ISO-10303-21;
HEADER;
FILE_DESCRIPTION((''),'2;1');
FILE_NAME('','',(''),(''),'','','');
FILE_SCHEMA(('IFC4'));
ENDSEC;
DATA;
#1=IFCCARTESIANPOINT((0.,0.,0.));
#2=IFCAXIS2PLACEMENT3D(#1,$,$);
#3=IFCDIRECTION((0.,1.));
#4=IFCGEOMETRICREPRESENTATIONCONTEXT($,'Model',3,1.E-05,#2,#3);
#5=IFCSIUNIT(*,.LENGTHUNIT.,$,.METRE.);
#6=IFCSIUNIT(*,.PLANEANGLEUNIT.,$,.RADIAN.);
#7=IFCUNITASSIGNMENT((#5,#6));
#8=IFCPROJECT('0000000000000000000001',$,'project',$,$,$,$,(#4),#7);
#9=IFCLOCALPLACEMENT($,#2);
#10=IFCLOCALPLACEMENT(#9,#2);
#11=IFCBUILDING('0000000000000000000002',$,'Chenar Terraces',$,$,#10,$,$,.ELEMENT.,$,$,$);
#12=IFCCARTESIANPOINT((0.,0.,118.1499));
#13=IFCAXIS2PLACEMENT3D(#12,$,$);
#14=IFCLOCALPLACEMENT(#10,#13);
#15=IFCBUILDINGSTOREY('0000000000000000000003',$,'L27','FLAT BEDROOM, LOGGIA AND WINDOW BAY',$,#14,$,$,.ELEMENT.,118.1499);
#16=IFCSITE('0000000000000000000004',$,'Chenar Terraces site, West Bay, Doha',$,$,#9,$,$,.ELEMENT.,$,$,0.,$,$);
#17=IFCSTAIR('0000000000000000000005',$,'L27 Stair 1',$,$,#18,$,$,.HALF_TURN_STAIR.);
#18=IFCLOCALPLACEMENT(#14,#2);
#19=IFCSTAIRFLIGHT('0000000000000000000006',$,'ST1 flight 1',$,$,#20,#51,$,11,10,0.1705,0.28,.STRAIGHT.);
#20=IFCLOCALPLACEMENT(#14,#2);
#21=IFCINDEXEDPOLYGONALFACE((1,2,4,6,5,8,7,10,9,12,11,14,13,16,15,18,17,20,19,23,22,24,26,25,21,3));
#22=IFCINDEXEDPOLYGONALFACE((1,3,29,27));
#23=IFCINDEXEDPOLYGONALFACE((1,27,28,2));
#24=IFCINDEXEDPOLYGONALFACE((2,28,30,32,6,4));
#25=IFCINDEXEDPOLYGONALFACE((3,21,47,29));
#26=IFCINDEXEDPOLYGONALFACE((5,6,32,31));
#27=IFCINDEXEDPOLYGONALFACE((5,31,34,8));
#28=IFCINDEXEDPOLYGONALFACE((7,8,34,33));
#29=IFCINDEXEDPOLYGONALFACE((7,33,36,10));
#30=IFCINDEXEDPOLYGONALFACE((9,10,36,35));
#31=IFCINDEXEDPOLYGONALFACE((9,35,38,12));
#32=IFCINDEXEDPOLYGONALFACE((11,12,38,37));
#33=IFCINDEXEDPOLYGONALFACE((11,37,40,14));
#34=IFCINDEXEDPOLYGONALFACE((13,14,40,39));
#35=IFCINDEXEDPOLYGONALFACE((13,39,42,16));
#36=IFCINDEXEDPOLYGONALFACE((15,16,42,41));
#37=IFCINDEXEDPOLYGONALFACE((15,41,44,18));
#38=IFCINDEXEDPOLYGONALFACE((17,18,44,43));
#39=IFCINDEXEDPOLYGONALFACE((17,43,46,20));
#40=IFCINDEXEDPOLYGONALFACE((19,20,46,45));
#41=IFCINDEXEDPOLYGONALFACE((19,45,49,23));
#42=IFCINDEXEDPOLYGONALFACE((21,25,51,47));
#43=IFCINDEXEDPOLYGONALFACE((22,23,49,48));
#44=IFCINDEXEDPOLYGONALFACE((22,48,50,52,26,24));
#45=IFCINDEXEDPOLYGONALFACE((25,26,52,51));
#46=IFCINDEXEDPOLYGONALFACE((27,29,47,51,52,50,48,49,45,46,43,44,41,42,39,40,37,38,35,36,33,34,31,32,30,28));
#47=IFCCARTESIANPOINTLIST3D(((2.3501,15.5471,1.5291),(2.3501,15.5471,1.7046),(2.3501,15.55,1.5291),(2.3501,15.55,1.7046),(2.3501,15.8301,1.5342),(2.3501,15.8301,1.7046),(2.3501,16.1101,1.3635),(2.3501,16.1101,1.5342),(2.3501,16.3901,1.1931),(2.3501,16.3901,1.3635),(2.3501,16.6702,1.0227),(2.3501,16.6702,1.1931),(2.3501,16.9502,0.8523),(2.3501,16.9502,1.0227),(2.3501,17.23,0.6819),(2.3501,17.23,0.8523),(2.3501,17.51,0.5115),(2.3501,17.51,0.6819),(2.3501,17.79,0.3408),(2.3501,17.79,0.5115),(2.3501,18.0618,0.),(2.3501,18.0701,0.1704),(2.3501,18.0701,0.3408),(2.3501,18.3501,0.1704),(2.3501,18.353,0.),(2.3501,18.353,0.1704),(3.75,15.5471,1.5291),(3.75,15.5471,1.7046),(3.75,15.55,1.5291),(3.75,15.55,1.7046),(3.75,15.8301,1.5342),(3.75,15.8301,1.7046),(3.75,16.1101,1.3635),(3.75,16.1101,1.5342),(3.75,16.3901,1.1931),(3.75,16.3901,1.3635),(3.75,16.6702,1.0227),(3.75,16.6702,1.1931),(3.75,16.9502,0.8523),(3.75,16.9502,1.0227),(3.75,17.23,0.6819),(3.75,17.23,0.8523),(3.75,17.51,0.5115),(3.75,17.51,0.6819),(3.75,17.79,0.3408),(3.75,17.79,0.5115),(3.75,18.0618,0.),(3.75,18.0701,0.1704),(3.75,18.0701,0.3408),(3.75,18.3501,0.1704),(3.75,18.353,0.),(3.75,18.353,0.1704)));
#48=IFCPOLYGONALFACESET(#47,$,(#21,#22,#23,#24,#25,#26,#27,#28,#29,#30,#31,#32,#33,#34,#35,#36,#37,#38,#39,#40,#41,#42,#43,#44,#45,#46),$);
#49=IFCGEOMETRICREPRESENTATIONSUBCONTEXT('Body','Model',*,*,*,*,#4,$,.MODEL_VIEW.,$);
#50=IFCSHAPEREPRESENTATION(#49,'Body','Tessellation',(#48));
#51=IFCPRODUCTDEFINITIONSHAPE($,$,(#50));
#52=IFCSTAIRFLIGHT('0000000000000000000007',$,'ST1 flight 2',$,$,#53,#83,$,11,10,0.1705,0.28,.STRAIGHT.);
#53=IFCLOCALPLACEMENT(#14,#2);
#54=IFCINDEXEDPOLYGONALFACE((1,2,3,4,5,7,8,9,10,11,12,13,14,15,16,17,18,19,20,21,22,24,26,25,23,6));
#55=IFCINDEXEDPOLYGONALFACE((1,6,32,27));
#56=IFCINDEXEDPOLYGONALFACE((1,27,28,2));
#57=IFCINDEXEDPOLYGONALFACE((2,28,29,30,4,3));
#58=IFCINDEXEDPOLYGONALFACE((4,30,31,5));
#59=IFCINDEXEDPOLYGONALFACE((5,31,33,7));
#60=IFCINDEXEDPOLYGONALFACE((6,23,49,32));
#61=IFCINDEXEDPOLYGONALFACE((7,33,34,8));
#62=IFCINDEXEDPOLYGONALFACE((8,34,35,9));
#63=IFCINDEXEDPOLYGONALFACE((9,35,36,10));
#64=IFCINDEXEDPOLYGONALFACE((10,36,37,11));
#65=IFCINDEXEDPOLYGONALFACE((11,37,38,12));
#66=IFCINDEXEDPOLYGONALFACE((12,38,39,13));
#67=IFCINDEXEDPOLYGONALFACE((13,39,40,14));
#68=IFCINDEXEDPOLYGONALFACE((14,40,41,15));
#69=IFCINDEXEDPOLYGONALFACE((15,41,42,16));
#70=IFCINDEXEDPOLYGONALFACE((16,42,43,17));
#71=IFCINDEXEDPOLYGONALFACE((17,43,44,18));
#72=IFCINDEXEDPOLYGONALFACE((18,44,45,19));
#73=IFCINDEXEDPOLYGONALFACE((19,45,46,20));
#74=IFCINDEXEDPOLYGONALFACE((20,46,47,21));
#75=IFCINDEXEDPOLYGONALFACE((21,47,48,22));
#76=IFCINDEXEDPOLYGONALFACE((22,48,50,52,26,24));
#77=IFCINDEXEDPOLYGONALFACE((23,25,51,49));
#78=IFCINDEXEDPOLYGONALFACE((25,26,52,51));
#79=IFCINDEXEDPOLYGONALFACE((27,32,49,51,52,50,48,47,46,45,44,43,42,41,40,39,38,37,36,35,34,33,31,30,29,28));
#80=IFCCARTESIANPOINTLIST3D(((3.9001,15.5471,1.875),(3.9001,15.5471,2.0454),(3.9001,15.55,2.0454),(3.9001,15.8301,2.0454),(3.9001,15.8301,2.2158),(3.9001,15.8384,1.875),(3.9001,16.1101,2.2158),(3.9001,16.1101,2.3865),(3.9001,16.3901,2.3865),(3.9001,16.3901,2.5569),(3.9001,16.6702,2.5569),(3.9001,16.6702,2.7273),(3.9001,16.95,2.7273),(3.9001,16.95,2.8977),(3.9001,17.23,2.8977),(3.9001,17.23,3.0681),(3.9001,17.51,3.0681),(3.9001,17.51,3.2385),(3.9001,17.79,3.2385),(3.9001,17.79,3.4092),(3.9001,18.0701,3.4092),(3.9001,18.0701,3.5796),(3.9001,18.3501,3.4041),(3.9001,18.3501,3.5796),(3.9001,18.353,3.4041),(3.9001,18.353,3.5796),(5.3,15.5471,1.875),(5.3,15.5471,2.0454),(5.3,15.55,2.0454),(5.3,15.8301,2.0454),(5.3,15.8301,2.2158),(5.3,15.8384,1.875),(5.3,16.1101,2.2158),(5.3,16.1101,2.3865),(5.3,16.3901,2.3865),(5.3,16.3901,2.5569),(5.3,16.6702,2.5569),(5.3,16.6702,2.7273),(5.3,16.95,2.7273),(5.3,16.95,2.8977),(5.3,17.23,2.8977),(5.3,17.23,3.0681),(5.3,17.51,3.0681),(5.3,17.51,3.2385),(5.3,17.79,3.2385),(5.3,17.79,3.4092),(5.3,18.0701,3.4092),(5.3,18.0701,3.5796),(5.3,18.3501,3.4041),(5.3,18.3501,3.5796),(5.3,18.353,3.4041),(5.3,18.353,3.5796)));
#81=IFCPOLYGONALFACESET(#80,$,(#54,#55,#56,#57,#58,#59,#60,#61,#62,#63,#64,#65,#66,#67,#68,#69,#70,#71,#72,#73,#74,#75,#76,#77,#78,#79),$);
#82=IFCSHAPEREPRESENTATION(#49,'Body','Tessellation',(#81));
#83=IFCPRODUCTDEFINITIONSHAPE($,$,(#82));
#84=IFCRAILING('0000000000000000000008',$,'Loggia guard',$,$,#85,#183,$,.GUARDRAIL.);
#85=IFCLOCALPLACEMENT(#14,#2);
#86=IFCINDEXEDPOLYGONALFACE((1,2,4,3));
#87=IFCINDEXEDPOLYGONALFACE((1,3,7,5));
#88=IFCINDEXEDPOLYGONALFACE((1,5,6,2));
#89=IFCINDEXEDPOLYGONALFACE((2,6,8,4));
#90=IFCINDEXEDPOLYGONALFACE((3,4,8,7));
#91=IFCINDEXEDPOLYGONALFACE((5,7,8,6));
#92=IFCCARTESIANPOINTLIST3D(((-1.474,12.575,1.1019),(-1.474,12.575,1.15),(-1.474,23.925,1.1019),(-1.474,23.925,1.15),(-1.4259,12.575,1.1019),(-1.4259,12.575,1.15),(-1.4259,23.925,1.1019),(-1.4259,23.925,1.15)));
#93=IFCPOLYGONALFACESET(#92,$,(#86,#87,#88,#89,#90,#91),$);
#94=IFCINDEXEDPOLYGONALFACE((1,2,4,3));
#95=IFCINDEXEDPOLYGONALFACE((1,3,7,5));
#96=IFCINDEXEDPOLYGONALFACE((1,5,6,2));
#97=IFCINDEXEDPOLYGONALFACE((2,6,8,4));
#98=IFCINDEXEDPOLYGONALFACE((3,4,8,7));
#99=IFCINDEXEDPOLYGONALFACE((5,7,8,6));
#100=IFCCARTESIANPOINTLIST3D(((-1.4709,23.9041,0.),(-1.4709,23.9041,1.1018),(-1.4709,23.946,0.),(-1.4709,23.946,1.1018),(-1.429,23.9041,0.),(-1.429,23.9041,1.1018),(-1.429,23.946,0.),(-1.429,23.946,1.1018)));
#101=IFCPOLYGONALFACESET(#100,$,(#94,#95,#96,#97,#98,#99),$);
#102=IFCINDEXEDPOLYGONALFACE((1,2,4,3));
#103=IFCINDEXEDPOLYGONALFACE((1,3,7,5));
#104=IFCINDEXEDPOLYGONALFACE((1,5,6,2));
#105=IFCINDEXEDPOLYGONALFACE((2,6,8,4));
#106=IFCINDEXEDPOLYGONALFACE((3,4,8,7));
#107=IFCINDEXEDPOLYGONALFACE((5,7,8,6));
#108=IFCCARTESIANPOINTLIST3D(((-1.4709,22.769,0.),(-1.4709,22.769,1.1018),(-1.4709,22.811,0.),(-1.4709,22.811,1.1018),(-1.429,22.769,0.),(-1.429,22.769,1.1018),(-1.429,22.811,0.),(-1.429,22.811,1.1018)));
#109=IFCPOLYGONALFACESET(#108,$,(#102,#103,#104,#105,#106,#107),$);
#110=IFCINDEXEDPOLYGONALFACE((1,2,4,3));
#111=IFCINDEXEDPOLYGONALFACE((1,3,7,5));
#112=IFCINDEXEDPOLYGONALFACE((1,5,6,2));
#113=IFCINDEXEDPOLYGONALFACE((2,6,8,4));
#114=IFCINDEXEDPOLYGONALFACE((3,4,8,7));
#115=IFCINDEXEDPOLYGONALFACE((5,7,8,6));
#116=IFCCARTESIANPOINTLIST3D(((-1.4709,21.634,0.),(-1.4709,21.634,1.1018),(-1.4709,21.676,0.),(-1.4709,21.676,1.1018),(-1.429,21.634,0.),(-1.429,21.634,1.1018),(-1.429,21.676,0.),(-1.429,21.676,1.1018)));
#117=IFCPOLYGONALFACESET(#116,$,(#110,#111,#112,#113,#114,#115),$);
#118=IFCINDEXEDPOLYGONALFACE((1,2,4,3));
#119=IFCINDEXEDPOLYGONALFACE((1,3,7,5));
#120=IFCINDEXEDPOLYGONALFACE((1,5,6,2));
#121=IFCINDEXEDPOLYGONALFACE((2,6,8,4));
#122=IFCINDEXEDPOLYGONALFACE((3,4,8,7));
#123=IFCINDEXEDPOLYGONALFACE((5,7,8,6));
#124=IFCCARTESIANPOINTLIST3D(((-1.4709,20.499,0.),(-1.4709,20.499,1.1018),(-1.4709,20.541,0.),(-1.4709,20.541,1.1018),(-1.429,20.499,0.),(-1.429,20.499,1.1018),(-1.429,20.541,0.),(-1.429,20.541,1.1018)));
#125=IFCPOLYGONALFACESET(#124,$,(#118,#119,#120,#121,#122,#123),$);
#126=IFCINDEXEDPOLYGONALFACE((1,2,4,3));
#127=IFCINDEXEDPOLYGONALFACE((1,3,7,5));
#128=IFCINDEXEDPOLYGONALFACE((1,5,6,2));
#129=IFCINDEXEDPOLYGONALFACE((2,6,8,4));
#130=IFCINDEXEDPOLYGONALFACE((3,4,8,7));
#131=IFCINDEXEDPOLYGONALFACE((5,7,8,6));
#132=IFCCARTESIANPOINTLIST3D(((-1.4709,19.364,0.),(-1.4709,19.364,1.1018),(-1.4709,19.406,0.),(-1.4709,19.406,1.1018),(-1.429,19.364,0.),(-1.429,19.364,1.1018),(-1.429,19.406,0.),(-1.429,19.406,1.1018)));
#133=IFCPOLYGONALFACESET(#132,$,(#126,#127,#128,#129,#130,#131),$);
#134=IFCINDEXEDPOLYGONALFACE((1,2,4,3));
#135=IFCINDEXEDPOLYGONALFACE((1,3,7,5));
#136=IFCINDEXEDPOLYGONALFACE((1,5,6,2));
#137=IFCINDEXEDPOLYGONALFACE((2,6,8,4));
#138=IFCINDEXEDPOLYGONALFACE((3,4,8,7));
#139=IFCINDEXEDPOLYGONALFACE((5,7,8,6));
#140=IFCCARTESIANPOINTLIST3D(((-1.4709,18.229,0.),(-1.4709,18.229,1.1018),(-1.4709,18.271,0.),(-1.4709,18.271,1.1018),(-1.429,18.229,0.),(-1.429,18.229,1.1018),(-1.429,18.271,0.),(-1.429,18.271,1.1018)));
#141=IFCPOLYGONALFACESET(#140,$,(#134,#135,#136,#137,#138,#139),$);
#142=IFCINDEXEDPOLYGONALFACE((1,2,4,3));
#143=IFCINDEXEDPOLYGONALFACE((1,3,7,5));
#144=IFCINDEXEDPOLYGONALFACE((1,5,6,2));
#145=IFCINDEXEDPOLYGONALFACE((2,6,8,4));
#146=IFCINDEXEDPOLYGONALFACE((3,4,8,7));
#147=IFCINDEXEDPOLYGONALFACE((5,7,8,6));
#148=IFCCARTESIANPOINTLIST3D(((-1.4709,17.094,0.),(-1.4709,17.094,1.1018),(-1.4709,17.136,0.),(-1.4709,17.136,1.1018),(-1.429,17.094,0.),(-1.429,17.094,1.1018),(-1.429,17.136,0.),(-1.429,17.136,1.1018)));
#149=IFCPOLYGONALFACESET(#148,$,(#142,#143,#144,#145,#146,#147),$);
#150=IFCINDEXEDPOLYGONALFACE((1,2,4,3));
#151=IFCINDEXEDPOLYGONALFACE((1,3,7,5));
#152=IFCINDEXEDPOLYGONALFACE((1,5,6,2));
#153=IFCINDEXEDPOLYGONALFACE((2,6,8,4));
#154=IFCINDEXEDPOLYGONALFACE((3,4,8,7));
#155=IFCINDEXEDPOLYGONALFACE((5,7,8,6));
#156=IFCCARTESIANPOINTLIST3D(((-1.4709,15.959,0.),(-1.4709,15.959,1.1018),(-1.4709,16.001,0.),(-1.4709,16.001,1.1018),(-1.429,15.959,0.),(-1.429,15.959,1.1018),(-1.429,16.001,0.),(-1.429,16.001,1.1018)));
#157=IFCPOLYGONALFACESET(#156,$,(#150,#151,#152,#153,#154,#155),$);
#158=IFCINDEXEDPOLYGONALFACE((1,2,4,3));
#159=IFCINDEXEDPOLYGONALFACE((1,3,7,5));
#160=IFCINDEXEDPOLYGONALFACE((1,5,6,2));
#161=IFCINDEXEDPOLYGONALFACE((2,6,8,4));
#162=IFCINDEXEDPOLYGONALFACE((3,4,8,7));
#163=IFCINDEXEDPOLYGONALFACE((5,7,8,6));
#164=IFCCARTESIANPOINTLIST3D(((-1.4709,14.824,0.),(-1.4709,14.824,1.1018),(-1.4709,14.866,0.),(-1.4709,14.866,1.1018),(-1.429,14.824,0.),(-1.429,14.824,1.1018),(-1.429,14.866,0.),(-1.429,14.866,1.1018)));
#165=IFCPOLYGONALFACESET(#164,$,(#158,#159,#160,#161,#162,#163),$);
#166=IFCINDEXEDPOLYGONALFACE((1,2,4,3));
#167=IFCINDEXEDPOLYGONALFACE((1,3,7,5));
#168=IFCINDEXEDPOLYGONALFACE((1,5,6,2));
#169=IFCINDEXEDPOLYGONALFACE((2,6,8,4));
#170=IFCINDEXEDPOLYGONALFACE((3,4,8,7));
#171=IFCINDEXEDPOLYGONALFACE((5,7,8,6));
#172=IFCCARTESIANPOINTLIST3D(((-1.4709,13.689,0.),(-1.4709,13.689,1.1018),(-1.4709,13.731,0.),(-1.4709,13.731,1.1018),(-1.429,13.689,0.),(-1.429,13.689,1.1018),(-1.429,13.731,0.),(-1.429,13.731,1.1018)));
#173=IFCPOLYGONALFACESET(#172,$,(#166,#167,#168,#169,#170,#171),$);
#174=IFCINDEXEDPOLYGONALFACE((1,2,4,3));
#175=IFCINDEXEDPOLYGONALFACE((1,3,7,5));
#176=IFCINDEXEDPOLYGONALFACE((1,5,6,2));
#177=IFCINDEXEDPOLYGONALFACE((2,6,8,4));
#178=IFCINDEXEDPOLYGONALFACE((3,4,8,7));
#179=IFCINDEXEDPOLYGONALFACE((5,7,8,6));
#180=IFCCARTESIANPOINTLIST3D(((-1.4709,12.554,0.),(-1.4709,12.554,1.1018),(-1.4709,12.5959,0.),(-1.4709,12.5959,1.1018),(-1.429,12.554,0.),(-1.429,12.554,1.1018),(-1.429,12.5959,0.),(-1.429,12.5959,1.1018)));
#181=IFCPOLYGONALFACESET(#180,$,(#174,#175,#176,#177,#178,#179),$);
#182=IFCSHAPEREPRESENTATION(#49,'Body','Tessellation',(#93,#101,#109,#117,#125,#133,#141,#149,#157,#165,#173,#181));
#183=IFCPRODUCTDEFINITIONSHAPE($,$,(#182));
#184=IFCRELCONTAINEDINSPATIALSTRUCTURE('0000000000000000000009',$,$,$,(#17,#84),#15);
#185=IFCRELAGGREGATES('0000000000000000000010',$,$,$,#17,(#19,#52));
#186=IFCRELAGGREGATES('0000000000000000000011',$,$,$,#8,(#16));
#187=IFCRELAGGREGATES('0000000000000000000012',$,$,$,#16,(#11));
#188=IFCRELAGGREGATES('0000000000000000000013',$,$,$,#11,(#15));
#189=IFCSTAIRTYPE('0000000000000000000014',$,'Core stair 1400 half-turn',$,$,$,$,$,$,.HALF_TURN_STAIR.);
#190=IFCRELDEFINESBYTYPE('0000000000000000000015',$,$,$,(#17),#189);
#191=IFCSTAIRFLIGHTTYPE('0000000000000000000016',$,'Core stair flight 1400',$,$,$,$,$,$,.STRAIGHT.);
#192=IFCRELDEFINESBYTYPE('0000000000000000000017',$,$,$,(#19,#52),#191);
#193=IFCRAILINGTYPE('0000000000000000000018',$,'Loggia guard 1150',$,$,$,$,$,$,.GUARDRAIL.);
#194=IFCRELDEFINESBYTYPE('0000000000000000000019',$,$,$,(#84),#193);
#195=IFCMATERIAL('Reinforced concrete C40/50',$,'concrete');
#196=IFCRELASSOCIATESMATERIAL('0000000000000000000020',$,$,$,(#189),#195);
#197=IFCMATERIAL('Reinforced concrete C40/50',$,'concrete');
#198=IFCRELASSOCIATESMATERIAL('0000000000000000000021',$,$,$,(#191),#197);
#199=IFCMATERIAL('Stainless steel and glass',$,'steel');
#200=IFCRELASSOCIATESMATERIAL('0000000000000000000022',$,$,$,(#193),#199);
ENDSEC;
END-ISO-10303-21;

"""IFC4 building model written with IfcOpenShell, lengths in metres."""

from ifc_helpers import new_model, si_unit, direction, frame, origin, origin_2d, place, context, subcontext, project, spatial, polyline, rectangle, outline, extrude, material, type_object, element, aggregate, save


model = new_model("IFC4")

# Units and contexts
model_context = context("Model", 3, precision=1e-05, world=origin(), true_north=direction((0.0, 1.0)))
body_context = subcontext(model_context, "Body", "Model", "MODEL_VIEW")
ifc_project = project(units=[si_unit("LENGTHUNIT", "METRE"), si_unit("PLANEANGLEUNIT", "RADIAN")], contexts=[model_context])

# Site, building, storey
site_placement = place(None, origin())
site = spatial("IfcSite", under=ifc_project, at=site_placement, Name="Chenar Terraces site, West Bay, Doha", CompositionType="ELEMENT", RefElevation=0.0)
building_placement = place(site_placement, origin())
building = spatial("IfcBuilding", under=site, at=building_placement, Name="Chenar Terraces", CompositionType="ELEMENT")
storey_placement = place(building_placement, frame((0.0, 0.0, 118.1499)))
storey = spatial("IfcBuildingStorey", under=building, at=storey_placement, Name="L27", Description="FLAT BEDROOM, LOGGIA AND WINDOW BAY", CompositionType="ELEMENT", Elevation=118.1499)

# Stair, stair flights
ifc_material_1 = material(Name="Reinforced concrete C40/50", Category="concrete")
stair_type = type_object("IfcStairType", Name="Core stair 1400 half-turn", PredefinedType="HALF_TURN_STAIR", material=ifc_material_1)
stair_placement = place(storey_placement, origin())
stair = element("IfcStair", 1, at=stair_placement, inside=storey, type_object=stair_type, Name="L27 Stair 1", PredefinedType="HALF_TURN_STAIR")
ifc_material_2 = material(Name="Reinforced concrete C40/50", Category="concrete")
stair_flight_type = type_object("IfcStairFlightType", Name="Core stair flight 1400", PredefinedType="STRAIGHT", material=ifc_material_2)
stair_flight_1_placement = place(storey_placement, frame((3.05, 18.3501, 0.0), z_axis=(0.0, 0.0, 1.0), x_axis=(0.0, -1.0, 0.0)))
stair_flight_1 = element("IfcStairFlight", 2, at=stair_flight_1_placement, type_object=stair_flight_type, Name="ST1 flight 1", NumberOfRisers=11, NumberOfTreads=10, PredefinedType="STRAIGHT", RiserHeight=0.1705, TreadLength=0.28, context=body_context, shape_type="SweptSolid", body=[
    extrude(outline(polyline([(-0.0029, 0.0), (-0.0029, 0.1704), (0.0, 0.1704), (0.28, 0.1704), (0.28, 0.3408), (0.5601, 0.3408), (0.5601, 0.5115), (0.8401, 0.5115), (0.8401, 0.6819), (1.1201, 0.6819), (1.1201, 0.8523), (1.3999, 0.8523), (1.3999, 1.0227), (1.6799, 1.0227), (1.6799, 1.1931), (1.96, 1.1931), (1.96, 1.3635), (2.24, 1.3635), (2.24, 1.5342), (2.52, 1.5342), (2.52, 1.7046), (2.8, 1.7046), (2.803, 1.7046), (2.803, 1.5291), (2.8, 1.5291), (0.2883, 0.0), (-0.0029, 0.0)])), frame((0.0, 0.7, 0.0), z_axis=(0.0, -1.0, 0.0), x_axis=(1.0, 0.0, 0.0)), (0.0, 0.0, 1.0), 1.3999),
])
stair_flight_2_placement = place(storey_placement, frame((4.6001, 15.55, 1.875), z_axis=(0.0, 0.0, 1.0), x_axis=(0.0, 1.0, 0.0)))
stair_flight_2 = element("IfcStairFlight", 3, at=stair_flight_2_placement, type_object=stair_flight_type, Name="ST1 flight 2", NumberOfRisers=11, NumberOfTreads=10, PredefinedType="STRAIGHT", RiserHeight=0.1705, TreadLength=0.28, context=body_context, shape_type="SweptSolid", body=[
    extrude(outline(polyline([(-0.0029, 0.0), (-0.0029, 0.1704), (0.0, 0.1704), (0.28, 0.1704), (0.28, 0.3408), (0.5601, 0.3408), (0.5601, 0.5115), (0.8401, 0.5115), (0.8401, 0.6819), (1.1201, 0.6819), (1.1201, 0.8523), (1.3999, 0.8523), (1.3999, 1.0227), (1.6799, 1.0227), (1.6799, 1.1931), (1.96, 1.1931), (1.96, 1.3635), (2.24, 1.3635), (2.24, 1.5342), (2.52, 1.5342), (2.52, 1.7046), (2.8, 1.7046), (2.803, 1.7046), (2.803, 1.5291), (2.8, 1.5291), (0.2883, 0.0), (-0.0029, 0.0)])), frame((0.0, 0.7, 0.0), z_axis=(0.0, -1.0, 0.0), x_axis=(1.0, 0.0, 0.0)), (0.0, 0.0, 1.0), 1.3999),
])
aggregate(stair, [stair_flight_1, stair_flight_2])

# Railing
ifc_material_3 = material(Name="Stainless steel and glass", Category="steel")
railing_type_1 = type_object("IfcRailingType", Name="Loggia guard 1150", PredefinedType="GUARDRAIL", material=ifc_material_3)
railing_1_placement = place(storey_placement, frame((-1.45, 23.925, 0.0)))
element("IfcRailing", 4, at=railing_1_placement, inside=storey, type_object=railing_type_1, Name="Loggia guard", PredefinedType="GUARDRAIL", context=body_context, shape_type="SweptSolid", body=[
    extrude(rectangle(XDim=0.0481, YDim=0.0481, at=origin_2d()), frame((0.0, 0.0, 1.126), z_axis=(0.0, -1.0, 0.0), x_axis=(1.0, 0.0, 0.0)), (0.0, 0.0, 1.0), 11.3501),
    extrude(rectangle(XDim=0.042, YDim=0.042, at=origin_2d()), origin(), (0.0, 0.0, 1.0), 1.1018),
    extrude(rectangle(XDim=0.042, YDim=0.042, at=origin_2d()), frame((0.0, -1.135, 0.0)), (0.0, 0.0, 1.0), 1.1018),
    extrude(rectangle(XDim=0.042, YDim=0.042, at=origin_2d()), frame((0.0, -2.27, 0.0)), (0.0, 0.0, 1.0), 1.1018),
    extrude(rectangle(XDim=0.042, YDim=0.042, at=origin_2d()), frame((0.0, -3.405, 0.0)), (0.0, 0.0, 1.0), 1.1018),
    extrude(rectangle(XDim=0.042, YDim=0.042, at=origin_2d()), frame((0.0, -4.54, 0.0)), (0.0, 0.0, 1.0), 1.1018),
    extrude(rectangle(XDim=0.042, YDim=0.042, at=origin_2d()), frame((0.0, -5.675, 0.0)), (0.0, 0.0, 1.0), 1.1018),
    extrude(rectangle(XDim=0.042, YDim=0.042, at=origin_2d()), frame((0.0, -6.8101, 0.0)), (0.0, 0.0, 1.0), 1.1018),
    extrude(rectangle(XDim=0.042, YDim=0.042, at=origin_2d()), frame((0.0, -7.9451, 0.0)), (0.0, 0.0, 1.0), 1.1018),
    extrude(rectangle(XDim=0.042, YDim=0.042, at=origin_2d()), frame((0.0, -9.0801, 0.0)), (0.0, 0.0, 1.0), 1.1018),
    extrude(rectangle(XDim=0.042, YDim=0.042, at=origin_2d()), frame((0.0, -10.2151, 0.0)), (0.0, 0.0, 1.0), 1.1018),
    extrude(rectangle(XDim=0.042, YDim=0.042, at=origin_2d()), frame((0.0, -11.3501, 0.0)), (0.0, 0.0, 1.0), 1.1018),
])

save(model, "model.ifc")
